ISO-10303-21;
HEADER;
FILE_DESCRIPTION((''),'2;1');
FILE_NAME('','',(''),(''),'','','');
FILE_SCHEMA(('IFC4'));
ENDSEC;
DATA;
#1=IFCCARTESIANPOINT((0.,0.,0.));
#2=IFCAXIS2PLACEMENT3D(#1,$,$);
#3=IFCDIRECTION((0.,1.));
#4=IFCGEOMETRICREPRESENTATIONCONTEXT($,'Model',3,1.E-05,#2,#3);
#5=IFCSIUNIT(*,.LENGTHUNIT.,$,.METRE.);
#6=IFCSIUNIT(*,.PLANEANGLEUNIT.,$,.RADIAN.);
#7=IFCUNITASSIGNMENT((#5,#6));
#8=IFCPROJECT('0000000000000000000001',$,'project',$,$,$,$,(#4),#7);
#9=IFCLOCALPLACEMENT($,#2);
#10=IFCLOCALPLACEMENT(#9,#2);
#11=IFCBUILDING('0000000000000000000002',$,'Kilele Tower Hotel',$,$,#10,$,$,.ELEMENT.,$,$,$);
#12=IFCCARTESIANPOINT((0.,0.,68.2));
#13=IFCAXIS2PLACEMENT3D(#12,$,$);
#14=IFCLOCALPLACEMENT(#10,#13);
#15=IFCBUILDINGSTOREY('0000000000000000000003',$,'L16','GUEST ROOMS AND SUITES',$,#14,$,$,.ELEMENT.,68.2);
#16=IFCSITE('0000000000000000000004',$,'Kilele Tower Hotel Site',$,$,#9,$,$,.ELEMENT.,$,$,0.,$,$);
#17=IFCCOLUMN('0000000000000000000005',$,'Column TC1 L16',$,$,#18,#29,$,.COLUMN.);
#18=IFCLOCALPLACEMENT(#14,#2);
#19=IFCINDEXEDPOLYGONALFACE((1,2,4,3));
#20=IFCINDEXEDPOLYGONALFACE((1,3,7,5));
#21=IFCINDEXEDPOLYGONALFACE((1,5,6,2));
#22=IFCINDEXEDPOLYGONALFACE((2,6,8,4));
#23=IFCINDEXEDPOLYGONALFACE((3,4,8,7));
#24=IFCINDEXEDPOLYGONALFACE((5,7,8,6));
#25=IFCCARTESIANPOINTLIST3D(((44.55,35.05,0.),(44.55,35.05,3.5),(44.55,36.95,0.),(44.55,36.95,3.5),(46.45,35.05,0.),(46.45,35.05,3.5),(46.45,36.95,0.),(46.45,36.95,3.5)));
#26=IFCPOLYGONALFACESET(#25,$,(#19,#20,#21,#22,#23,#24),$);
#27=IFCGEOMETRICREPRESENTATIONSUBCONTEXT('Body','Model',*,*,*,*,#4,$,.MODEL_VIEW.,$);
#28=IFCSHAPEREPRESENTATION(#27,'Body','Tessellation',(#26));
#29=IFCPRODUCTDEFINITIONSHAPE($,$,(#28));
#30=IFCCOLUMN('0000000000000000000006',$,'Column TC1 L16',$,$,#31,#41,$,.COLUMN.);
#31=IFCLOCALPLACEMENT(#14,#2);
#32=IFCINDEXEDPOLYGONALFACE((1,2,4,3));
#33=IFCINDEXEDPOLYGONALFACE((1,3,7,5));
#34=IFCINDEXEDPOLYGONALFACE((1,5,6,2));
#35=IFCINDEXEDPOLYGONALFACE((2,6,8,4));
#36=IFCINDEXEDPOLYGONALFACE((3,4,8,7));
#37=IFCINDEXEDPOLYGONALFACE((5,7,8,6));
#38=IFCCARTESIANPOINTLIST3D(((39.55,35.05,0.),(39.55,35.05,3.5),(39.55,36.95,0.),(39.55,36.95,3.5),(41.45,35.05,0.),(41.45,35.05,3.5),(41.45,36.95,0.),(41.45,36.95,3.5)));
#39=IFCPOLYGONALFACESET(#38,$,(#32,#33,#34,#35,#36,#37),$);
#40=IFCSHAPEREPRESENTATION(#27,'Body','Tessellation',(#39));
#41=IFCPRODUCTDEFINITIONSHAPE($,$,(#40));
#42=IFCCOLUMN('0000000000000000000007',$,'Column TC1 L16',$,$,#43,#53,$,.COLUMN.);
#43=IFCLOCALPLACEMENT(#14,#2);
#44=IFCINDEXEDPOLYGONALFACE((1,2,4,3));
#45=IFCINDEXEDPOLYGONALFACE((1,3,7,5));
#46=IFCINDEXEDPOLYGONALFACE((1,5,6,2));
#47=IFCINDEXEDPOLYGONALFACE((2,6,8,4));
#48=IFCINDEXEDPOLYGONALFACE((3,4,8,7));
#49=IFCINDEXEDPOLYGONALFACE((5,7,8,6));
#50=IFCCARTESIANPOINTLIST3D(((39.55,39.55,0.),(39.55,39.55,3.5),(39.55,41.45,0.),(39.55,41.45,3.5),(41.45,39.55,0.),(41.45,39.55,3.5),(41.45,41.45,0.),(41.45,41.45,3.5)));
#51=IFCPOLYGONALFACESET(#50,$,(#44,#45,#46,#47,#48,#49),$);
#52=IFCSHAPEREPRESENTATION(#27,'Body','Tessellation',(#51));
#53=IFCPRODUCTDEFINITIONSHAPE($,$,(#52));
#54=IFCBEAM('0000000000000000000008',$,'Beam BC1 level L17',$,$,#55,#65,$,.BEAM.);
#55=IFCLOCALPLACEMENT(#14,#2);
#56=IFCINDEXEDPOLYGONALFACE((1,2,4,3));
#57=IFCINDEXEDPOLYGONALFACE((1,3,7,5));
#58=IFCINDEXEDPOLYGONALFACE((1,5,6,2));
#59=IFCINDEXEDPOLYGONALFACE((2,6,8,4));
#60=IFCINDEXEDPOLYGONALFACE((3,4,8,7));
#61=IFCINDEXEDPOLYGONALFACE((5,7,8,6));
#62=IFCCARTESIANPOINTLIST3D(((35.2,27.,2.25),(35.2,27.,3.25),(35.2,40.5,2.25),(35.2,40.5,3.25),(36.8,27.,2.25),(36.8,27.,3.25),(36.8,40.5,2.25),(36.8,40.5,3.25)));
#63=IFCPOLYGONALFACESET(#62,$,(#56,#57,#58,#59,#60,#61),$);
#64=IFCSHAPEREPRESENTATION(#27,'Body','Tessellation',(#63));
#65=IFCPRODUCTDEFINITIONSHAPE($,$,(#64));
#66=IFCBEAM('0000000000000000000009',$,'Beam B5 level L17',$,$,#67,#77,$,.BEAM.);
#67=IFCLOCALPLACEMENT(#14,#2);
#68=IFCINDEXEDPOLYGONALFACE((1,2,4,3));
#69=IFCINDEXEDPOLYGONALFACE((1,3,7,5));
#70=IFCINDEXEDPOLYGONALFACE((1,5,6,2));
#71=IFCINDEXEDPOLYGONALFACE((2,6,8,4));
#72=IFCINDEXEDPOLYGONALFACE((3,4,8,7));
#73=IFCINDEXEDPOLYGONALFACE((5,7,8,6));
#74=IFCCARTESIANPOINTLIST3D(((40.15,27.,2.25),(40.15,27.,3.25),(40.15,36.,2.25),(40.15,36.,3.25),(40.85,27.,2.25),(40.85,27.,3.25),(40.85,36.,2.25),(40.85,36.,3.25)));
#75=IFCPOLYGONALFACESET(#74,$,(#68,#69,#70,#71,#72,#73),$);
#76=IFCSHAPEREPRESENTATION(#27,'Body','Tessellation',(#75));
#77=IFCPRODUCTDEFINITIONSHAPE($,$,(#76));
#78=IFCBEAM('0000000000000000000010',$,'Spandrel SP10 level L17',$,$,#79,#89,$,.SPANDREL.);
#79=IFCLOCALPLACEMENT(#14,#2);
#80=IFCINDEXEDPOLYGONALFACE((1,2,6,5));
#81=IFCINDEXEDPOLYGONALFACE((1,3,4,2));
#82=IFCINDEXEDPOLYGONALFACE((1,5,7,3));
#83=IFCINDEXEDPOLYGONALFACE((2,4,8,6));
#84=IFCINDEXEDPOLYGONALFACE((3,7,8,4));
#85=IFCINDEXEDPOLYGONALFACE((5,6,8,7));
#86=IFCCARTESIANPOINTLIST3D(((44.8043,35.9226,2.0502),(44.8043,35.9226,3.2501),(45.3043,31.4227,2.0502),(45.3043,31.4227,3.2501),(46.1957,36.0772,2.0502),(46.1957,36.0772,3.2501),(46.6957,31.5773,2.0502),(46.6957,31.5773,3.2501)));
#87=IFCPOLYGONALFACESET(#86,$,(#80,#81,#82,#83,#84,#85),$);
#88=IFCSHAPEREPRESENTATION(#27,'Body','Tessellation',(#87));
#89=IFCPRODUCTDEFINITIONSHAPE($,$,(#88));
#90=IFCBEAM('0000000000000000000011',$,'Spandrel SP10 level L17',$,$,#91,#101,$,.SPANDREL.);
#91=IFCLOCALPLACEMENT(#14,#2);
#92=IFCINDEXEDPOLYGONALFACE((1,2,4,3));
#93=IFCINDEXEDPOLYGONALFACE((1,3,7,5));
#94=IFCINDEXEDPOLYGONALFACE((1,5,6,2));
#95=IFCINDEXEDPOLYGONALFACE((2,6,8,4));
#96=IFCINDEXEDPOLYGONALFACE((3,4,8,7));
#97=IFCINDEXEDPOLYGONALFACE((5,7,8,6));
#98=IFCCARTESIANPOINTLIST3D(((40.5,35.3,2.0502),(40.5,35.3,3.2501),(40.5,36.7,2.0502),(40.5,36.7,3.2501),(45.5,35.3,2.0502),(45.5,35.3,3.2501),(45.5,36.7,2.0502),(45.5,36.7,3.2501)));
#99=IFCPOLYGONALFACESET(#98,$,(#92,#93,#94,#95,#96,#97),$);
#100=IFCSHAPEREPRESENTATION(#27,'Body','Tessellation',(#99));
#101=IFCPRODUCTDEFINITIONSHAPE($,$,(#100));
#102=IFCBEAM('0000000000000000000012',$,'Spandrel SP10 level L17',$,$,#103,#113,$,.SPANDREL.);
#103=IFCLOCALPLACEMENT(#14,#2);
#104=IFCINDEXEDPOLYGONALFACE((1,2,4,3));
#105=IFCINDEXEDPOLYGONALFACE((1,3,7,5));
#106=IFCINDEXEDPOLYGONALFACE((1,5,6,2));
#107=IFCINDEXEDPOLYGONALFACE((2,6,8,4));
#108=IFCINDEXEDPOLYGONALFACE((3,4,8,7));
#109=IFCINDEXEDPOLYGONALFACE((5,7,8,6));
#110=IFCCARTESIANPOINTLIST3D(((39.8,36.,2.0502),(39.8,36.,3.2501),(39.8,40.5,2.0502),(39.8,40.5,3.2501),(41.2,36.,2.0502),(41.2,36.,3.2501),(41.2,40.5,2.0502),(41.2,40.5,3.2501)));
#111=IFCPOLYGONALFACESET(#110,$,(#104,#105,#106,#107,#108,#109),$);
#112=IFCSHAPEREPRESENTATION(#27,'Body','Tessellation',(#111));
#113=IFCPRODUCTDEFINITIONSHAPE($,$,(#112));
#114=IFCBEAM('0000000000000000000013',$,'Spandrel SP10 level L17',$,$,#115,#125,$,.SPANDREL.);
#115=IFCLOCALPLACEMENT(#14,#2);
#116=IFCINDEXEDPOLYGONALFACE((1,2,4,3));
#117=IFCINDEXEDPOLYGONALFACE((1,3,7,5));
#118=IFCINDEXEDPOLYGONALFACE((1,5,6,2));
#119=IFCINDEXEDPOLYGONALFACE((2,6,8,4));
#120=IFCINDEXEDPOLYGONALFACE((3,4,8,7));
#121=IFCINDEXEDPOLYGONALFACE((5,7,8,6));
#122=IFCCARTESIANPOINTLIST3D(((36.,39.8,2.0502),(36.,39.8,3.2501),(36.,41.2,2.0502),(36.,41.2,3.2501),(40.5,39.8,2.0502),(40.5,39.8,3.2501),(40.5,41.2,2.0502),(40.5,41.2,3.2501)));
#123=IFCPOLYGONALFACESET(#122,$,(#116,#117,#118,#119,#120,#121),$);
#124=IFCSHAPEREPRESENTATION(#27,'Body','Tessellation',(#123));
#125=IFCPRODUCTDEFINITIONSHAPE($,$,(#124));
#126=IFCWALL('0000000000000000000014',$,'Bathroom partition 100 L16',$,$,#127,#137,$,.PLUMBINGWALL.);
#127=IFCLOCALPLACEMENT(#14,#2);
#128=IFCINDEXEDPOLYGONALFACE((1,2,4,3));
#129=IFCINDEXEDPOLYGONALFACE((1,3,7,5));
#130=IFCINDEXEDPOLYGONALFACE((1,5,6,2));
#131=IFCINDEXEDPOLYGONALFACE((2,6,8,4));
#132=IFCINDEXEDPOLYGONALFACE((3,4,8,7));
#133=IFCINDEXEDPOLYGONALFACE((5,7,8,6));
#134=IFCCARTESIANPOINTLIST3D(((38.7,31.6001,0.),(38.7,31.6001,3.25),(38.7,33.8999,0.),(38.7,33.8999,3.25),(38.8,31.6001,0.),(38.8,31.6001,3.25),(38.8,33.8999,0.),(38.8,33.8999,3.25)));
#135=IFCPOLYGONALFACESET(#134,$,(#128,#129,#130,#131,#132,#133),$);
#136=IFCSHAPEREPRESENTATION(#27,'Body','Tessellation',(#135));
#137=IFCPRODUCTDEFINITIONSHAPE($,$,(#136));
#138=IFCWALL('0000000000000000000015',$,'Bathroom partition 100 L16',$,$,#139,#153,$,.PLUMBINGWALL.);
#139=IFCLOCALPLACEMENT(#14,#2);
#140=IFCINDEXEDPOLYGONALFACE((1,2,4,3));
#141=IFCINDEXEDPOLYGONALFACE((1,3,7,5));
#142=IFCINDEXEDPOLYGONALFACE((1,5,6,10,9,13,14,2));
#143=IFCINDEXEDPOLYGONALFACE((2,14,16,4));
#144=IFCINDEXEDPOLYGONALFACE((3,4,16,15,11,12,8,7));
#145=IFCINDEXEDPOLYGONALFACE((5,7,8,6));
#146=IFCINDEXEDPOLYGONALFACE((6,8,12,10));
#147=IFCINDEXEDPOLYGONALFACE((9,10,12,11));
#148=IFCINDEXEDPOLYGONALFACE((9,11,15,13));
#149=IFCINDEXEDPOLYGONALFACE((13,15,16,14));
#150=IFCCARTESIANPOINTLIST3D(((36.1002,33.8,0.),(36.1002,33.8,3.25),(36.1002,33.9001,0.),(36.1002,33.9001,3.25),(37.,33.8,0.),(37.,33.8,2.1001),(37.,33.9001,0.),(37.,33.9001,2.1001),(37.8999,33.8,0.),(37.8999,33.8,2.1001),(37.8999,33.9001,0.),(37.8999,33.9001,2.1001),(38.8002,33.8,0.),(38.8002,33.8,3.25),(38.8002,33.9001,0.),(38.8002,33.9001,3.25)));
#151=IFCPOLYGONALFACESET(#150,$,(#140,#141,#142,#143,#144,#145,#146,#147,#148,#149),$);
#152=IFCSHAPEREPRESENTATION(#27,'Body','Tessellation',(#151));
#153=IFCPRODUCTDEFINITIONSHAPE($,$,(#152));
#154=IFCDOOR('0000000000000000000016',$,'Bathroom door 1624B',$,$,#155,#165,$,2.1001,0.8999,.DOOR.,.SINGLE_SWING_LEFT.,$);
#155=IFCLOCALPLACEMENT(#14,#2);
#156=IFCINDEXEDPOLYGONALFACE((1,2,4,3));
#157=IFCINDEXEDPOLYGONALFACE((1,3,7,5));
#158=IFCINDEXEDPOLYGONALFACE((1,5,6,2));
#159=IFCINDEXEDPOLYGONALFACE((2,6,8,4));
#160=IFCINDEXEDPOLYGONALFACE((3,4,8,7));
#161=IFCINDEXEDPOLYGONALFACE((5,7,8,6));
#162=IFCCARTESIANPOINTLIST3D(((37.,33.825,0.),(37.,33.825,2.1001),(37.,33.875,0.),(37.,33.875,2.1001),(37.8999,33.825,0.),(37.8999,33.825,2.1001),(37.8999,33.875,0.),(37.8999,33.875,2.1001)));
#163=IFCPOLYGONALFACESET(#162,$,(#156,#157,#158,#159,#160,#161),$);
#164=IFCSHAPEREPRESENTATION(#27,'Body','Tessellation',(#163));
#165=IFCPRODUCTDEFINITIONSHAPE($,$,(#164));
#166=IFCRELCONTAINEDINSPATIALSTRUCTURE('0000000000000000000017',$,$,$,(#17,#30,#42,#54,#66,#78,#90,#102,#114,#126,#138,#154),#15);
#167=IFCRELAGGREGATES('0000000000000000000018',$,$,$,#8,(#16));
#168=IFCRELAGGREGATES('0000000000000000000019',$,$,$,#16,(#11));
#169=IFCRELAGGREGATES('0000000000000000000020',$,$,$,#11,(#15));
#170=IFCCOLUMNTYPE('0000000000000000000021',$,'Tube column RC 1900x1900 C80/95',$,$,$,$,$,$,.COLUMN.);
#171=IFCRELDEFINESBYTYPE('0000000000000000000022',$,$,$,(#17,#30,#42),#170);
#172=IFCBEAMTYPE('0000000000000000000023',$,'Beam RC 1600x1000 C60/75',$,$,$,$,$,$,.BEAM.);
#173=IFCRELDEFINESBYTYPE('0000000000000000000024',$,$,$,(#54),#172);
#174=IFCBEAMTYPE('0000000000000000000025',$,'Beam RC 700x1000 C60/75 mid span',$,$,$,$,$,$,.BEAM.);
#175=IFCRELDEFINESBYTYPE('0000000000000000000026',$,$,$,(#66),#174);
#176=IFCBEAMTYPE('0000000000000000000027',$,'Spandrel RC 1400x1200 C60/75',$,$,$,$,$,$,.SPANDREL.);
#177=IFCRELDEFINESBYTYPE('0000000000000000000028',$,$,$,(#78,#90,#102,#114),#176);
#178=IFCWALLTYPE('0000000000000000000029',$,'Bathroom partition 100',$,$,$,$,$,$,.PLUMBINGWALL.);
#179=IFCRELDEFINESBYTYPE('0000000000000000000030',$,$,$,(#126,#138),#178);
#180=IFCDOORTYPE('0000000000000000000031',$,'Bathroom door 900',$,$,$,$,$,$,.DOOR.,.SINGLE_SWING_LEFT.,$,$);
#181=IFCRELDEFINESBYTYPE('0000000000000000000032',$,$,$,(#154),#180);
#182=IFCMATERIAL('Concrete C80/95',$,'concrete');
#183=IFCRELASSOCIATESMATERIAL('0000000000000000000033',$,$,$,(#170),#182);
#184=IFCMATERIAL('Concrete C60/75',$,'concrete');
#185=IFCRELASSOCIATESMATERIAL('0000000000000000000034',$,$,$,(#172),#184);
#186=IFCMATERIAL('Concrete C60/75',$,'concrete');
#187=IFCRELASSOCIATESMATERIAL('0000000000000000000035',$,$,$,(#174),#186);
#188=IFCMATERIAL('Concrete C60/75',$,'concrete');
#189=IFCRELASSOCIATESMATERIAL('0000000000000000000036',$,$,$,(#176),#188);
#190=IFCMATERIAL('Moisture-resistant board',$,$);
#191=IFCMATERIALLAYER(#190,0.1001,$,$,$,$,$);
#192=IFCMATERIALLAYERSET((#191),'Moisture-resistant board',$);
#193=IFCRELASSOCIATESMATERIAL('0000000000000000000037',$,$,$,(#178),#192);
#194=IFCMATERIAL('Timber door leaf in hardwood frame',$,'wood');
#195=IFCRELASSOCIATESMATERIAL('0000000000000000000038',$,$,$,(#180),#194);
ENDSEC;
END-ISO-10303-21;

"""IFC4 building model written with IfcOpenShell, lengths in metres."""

from ifc_helpers import new_model, si_unit, direction, frame, frame_2d, origin, origin_2d, place, context, subcontext, project, spatial, rectangle, extrude, material, layer, layer_set, material_profile, profile_set, type_object, element, fill, save


model = new_model("IFC4")

# Units and contexts
model_context = context("Model", 3, precision=1e-05, world=origin(), true_north=direction((0.0, 1.0)))
body_context = subcontext(model_context, "Body", "Model", "MODEL_VIEW")
ifc_project = project(units=[si_unit("LENGTHUNIT", "METRE"), si_unit("PLANEANGLEUNIT", "RADIAN")], contexts=[model_context])

# Site, building, storey
site_placement = place(None, origin())
site = spatial("IfcSite", under=ifc_project, at=site_placement, Name="Kilele Tower Hotel Site", CompositionType="ELEMENT", RefElevation=0.0)
building_placement = place(site_placement, origin())
building = spatial("IfcBuilding", under=site, at=building_placement, Name="Kilele Tower Hotel", CompositionType="ELEMENT")
storey_placement = place(building_placement, frame((0.0, 0.0, 68.2)))
storey = spatial("IfcBuildingStorey", under=building, at=storey_placement, Name="L16", Description="GUEST ROOMS AND SUITES", CompositionType="ELEMENT", Elevation=68.2)

# Columns
ifc_material_1 = material(Name="Concrete C80/95", Category="concrete")
ifc_material_profile_1 = material_profile(ifc_material_1, rectangle(XDim=1.8999, YDim=1.8999, at=origin_2d()))
ifc_profile_set_1 = profile_set([ifc_material_profile_1], Name="Concrete C80/95")
column_type = type_object("IfcColumnType", Name="Tube column RC 1900x1900 C80/95", PredefinedType="COLUMN", material=ifc_profile_set_1)
for number, where, z_axis, x_axis, name in (
    (1, (45.5, 36.0, 0.0), (0.0, 0.0, 1.0), (1.0, 0.0, 0.0), "Column TC1 L16"),
    (2, (40.5, 36.0, 0.0), (0.0, 0.0, 1.0), (1.0, 0.0, 0.0), "Column TC1 L16"),
    (3, (40.5, 40.5, 0.0), (0.0, 0.0, 1.0), (1.0, 0.0, 0.0), "Column TC1 L16"),
):
    element("IfcColumn", number, at=place(storey_placement, frame(where, z_axis=z_axis, x_axis=x_axis)), inside=storey, type_object=column_type, Name=name, PredefinedType="COLUMN", context=body_context, shape_type="SweptSolid", body=[
        extrude(rectangle(XDim=1.8999, YDim=1.8999, at=origin_2d()), origin(), (0.0, 0.0, 1.0), 3.5),
    ])

# Beams
ifc_material_2 = material(Name="Concrete C60/75", Category="concrete")
ifc_material_profile_2 = material_profile(ifc_material_2, rectangle(XDim=1.6001, YDim=1.0, at=origin_2d()))
ifc_profile_set_2 = profile_set([ifc_material_profile_2], Name="Concrete C60/75")
beam_type_1 = type_object("IfcBeamType", Name="Beam RC 1600x1000 C60/75", PredefinedType="BEAM", material=ifc_profile_set_2)
beam_1_placement = place(storey_placement, frame((36.0, 40.5, 2.75), z_axis=(0.0, -1.0, 0.0), x_axis=(1.0, 0.0, 0.0)))
element("IfcBeam", 4, at=beam_1_placement, inside=storey, type_object=beam_type_1, Name="Beam BC1 level L17", PredefinedType="BEAM", context=body_context, shape_type="SweptSolid", body=[
    extrude(rectangle(XDim=1.6001, YDim=1.0, at=origin_2d()), origin(), (0.0, 0.0, 1.0), 13.5),
])
ifc_material_3 = material(Name="Concrete C60/75", Category="concrete")
ifc_material_profile_3 = material_profile(ifc_material_3, rectangle(XDim=0.7, YDim=1.0, at=origin_2d()))
ifc_profile_set_3 = profile_set([ifc_material_profile_3], Name="Concrete C60/75")
beam_type_2 = type_object("IfcBeamType", Name="Beam RC 700x1000 C60/75 mid span", PredefinedType="BEAM", material=ifc_profile_set_3)
beam_2_placement = place(storey_placement, frame((40.5, 36.0, 2.75), z_axis=(0.0, -1.0, 0.0), x_axis=(1.0, 0.0, 0.0)))
element("IfcBeam", 5, at=beam_2_placement, inside=storey, type_object=beam_type_2, Name="Beam B5 level L17", PredefinedType="BEAM", context=body_context, shape_type="SweptSolid", body=[
    extrude(rectangle(XDim=0.7, YDim=1.0, at=origin_2d()), origin(), (0.0, 0.0, 1.0), 9.0),
])
ifc_material_4 = material(Name="Concrete C60/75", Category="concrete")
ifc_material_profile_4 = material_profile(ifc_material_4, rectangle(XDim=1.3999, YDim=1.2, at=origin_2d()))
ifc_profile_set_4 = profile_set([ifc_material_profile_4], Name="Concrete C60/75")
beam_type_3 = type_object("IfcBeamType", Name="Spandrel RC 1400x1200 C60/75", PredefinedType="SPANDREL", material=ifc_profile_set_4)
beam_3_placement = place(storey_placement, frame((46.0, 31.5, 2.6501), z_axis=(-0.110432, 0.993884, 0.0), x_axis=(-0.993884, -0.110432, 0.0)))
element("IfcBeam", 6, at=beam_3_placement, inside=storey, type_object=beam_type_3, Name="Spandrel SP10 level L17", PredefinedType="SPANDREL", context=body_context, shape_type="SweptSolid", body=[
    extrude(rectangle(XDim=1.3999, YDim=1.2, at=origin_2d()), origin(), (0.0, 0.0, 1.0), 4.5276),
])
beam_4_placement = place(storey_placement, frame((45.5, 36.0, 2.6501), z_axis=(-1.0, 0.0, 0.0), x_axis=(0.0, -1.0, 0.0)))
element("IfcBeam", 7, at=beam_4_placement, inside=storey, type_object=beam_type_3, Name="Spandrel SP10 level L17", PredefinedType="SPANDREL", context=body_context, shape_type="SweptSolid", body=[
    extrude(rectangle(XDim=1.3999, YDim=1.2, at=origin_2d()), origin(), (0.0, 0.0, 1.0), 5.0),
])
for number, where, z_axis, x_axis, name in (
    (8, (40.5, 36.0, 2.6501), (0.0, 1.0, 0.0), (-1.0, 0.0, 0.0), "Spandrel SP10 level L17"),
    (9, (40.5, 40.5, 2.6501), (-1.0, 0.0, 0.0), (0.0, -1.0, 0.0), "Spandrel SP10 level L17"),
):
    element("IfcBeam", number, at=place(storey_placement, frame(where, z_axis=z_axis, x_axis=x_axis)), inside=storey, type_object=beam_type_3, Name=name, PredefinedType="SPANDREL", context=body_context, shape_type="SweptSolid", body=[
        extrude(rectangle(XDim=1.3999, YDim=1.2, at=origin_2d()), origin(), (0.0, 0.0, 1.0), 4.5),
    ])

# Wall
ifc_material_5 = material(Name="Moisture-resistant board")
ifc_layer_1 = layer(ifc_material_5, 0.1001)
ifc_layer_set_1 = layer_set([ifc_layer_1], Name="Moisture-resistant board")
wall_type_1 = type_object("IfcWallType", Name="Bathroom partition 100", PredefinedType="PLUMBINGWALL", material=ifc_layer_set_1)
wall_1_placement = place(storey_placement, frame((38.75, 31.6001, 0.0), z_axis=(0.0, 0.0, 1.0), x_axis=(0.0, 1.0, 0.0)))
element("IfcWall", 10, at=wall_1_placement, inside=storey, type_object=wall_type_1, Name="Bathroom partition 100 L16", PredefinedType="PLUMBINGWALL", context=body_context, shape_type="SweptSolid", body=[
    extrude(rectangle(XDim=2.2998, YDim=0.1001, at=frame_2d((1.1499, 0.0))), origin(), (0.0, 0.0, 1.0), 3.25),
])

# Wall, opening, door
wall_2_placement = place(storey_placement, frame((36.1001, 33.8501, 0.0), z_axis=(0.0, 0.0, 1.0), x_axis=(1.0, 0.0, 0.0)))
wall_2 = element("IfcWall", 11, at=wall_2_placement, inside=storey, type_object=wall_type_1, Name="Bathroom partition 100 L16", PredefinedType="PLUMBINGWALL", context=body_context, shape_type="SweptSolid", body=[
    extrude(rectangle(XDim=2.7, YDim=0.1001, at=frame_2d((1.3501, 0.0))), origin(), (0.0, 0.0, 1.0), 3.25),
])
opening_1_placement = place(wall_2_placement, frame((0.8999, 0.0, 0.0)))
opening_1 = element("IfcOpeningElement", 12, at=opening_1_placement, cuts=wall_2, PredefinedType="OPENING", context=body_context, shape_type="SweptSolid", body=[
    extrude(rectangle(XDim=0.8999, YDim=2.1001, at=frame_2d((0.45, 1.05))), frame((0.0, 0.0601, 0.0), z_axis=(0.0, -1.0, 0.0), x_axis=(1.0, 0.0, 0.0)), (0.0, 0.0, 1.0), 0.1201),
])
ifc_material_6 = material(Name="Timber door leaf in hardwood frame", Category="wood")
door_type_1 = type_object("IfcDoorType", Name="Bathroom door 900", OperationType="SINGLE_SWING_LEFT", PredefinedType="DOOR", material=ifc_material_6)
door_1_placement = place(opening_1_placement, origin())
door_1 = element("IfcDoor", 13, at=door_1_placement, inside=storey, type_object=door_type_1, Name="Bathroom door 1624B", OperationType="SINGLE_SWING_LEFT", OverallHeight=2.1001, OverallWidth=0.8999, PredefinedType="DOOR", context=body_context, shape_type="SweptSolid", body=[
    extrude(rectangle(XDim=0.8999, YDim=2.1001, at=frame_2d((0.45, 1.05))), frame((0.0, 0.0249, 0.0), z_axis=(0.0, -1.0, 0.0), x_axis=(1.0, 0.0, 0.0)), (0.0, 0.0, 1.0), 0.05),
])
fill(opening_1, door_1)

save(model, "model.ifc")
